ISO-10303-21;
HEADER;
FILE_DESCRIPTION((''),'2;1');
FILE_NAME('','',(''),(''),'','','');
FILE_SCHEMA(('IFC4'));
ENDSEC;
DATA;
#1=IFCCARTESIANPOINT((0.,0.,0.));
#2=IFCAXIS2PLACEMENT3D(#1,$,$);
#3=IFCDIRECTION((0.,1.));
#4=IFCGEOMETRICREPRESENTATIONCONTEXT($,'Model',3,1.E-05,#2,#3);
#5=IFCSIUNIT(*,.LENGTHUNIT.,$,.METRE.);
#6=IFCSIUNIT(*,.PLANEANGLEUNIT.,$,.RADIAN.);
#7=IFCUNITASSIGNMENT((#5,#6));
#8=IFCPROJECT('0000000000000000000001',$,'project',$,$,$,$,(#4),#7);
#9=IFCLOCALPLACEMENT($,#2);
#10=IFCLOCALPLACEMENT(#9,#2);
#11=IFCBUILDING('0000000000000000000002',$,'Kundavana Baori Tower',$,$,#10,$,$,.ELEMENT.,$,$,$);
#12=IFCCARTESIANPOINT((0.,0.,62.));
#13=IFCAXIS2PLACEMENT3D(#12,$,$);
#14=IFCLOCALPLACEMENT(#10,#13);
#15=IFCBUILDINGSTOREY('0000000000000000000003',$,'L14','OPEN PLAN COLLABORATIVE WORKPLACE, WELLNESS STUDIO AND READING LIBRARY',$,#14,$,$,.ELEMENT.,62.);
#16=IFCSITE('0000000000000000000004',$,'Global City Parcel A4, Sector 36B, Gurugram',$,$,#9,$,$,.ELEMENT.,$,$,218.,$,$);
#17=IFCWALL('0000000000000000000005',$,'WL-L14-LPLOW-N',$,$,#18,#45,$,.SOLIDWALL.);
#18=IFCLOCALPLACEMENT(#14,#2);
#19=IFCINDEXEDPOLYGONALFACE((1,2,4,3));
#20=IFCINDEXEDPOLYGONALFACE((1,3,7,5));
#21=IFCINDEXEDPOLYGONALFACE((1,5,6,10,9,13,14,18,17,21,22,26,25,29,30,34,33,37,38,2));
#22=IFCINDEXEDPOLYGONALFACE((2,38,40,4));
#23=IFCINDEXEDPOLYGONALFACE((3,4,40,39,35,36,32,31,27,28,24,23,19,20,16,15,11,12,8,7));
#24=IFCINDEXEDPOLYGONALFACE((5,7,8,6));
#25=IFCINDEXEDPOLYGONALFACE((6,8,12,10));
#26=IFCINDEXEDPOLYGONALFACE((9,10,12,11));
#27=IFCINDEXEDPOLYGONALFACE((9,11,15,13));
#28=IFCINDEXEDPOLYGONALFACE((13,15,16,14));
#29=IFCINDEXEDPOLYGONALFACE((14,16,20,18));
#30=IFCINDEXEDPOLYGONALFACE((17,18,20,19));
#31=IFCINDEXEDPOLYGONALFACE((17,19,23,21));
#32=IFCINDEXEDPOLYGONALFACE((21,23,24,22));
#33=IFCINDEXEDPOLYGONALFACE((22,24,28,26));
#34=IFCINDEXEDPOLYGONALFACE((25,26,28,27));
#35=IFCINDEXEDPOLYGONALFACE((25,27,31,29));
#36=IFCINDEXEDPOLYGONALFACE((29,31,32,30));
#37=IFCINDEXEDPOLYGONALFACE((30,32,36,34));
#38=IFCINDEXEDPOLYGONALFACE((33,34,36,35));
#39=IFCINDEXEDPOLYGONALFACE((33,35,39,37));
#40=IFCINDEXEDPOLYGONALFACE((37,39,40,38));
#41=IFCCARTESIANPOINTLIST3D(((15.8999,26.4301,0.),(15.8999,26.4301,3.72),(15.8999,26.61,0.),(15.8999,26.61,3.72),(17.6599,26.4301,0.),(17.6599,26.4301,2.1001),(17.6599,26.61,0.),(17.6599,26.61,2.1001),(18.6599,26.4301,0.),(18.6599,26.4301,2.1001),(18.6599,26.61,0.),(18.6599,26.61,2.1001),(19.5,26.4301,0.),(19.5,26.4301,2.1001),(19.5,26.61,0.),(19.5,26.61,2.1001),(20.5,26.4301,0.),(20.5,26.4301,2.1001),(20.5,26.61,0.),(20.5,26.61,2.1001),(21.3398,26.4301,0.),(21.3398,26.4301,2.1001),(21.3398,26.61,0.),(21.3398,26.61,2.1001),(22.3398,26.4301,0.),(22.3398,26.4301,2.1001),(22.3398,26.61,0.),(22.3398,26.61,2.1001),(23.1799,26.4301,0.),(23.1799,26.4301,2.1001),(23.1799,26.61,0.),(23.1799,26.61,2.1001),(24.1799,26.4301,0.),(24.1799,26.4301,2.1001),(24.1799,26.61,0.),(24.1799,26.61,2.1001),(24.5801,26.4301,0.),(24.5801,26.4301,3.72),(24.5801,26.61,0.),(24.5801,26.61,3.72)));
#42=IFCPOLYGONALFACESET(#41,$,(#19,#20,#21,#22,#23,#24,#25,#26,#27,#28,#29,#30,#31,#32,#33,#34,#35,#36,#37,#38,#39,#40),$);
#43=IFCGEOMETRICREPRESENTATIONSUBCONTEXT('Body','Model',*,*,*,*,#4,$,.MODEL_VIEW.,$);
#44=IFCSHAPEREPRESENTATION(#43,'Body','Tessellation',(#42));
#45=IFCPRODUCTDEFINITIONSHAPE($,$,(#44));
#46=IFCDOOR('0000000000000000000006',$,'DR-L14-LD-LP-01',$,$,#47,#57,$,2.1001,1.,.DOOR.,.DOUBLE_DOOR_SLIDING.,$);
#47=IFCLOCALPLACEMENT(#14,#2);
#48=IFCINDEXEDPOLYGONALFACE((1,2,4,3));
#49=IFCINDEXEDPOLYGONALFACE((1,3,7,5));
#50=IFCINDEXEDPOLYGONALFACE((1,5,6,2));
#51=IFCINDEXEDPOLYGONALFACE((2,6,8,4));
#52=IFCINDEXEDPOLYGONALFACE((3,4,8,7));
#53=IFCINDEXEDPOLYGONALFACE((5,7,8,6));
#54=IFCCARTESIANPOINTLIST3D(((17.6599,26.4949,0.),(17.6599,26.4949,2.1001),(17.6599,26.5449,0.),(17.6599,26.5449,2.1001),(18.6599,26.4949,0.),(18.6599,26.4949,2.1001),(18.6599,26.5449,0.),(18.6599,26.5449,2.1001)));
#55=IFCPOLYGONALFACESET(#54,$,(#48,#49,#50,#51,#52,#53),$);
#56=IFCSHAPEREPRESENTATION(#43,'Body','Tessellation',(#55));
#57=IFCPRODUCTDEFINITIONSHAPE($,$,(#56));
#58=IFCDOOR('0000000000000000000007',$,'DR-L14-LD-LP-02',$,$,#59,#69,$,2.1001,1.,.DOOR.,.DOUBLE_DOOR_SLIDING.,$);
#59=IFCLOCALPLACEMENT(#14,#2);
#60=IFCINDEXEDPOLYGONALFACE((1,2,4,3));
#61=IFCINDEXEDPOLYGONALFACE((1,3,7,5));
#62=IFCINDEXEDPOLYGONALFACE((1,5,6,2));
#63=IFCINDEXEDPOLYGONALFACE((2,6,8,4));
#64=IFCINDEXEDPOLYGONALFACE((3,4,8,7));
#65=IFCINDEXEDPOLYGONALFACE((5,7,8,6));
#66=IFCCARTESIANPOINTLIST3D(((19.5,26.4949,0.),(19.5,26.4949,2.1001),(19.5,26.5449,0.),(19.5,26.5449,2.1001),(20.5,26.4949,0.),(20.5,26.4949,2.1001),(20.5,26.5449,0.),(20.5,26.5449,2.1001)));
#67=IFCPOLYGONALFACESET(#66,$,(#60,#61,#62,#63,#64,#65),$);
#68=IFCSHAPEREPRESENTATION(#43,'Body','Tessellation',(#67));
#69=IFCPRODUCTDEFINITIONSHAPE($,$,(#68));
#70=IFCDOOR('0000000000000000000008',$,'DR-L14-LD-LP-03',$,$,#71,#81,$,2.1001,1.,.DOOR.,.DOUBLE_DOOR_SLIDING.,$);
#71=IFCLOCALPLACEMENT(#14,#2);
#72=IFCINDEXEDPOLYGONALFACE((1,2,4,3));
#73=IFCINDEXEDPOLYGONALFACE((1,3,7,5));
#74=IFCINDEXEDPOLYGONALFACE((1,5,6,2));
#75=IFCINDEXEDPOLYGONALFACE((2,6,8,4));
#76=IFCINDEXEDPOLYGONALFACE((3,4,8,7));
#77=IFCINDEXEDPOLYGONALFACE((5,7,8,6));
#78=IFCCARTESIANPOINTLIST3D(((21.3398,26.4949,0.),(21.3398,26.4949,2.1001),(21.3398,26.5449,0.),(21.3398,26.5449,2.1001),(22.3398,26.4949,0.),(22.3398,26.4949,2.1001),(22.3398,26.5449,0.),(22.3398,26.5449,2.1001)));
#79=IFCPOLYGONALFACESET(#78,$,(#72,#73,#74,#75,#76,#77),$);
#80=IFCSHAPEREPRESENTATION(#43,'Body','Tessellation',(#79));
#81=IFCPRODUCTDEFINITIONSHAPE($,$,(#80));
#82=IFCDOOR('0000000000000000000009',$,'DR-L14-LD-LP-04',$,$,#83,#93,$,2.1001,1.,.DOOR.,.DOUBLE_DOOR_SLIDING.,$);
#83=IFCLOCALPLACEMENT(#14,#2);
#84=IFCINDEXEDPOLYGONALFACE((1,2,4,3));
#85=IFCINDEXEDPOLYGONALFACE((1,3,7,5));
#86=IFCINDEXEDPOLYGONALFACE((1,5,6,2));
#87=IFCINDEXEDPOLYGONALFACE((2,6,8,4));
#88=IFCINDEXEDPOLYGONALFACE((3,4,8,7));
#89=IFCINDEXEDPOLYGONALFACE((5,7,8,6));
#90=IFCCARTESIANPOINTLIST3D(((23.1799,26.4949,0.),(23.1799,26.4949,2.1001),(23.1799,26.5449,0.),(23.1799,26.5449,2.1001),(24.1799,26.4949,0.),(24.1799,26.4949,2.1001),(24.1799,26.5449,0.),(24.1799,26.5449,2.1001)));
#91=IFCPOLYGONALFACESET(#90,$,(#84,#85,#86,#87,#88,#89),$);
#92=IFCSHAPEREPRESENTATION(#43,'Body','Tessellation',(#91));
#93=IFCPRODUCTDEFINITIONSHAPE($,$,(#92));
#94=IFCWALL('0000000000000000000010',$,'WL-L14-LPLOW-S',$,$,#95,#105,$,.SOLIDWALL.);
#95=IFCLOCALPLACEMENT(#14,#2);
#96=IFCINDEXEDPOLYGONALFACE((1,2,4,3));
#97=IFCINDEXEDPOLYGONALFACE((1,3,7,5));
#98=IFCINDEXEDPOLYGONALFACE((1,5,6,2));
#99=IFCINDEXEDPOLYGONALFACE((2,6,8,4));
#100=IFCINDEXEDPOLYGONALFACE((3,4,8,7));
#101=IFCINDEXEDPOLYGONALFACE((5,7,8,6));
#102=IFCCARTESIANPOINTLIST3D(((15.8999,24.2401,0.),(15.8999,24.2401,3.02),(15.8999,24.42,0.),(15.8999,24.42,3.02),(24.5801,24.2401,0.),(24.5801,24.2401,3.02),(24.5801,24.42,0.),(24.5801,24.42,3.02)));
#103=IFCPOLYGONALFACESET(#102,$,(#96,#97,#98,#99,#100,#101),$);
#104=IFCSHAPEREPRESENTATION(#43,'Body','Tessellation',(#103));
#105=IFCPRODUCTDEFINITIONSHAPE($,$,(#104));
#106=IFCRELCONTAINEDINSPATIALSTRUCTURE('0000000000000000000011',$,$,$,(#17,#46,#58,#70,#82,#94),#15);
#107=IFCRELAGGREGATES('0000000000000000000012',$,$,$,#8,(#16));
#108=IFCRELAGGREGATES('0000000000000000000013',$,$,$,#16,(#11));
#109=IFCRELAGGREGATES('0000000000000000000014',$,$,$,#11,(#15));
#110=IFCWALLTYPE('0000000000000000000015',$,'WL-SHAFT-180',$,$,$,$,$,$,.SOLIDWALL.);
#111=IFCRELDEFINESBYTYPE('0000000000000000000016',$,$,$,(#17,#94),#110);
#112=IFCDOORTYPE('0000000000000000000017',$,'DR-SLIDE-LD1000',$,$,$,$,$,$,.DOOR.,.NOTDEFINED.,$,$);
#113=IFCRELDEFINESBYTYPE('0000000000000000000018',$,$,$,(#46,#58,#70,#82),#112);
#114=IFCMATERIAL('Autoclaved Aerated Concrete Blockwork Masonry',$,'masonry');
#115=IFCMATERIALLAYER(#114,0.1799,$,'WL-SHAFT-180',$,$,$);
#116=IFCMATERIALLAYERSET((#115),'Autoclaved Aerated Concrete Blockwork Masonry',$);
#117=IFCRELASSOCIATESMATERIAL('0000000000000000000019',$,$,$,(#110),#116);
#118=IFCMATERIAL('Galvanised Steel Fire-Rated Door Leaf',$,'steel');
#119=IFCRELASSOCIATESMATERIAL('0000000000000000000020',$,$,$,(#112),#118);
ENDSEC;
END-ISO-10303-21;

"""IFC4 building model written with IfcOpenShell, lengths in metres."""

from ifc_helpers import new_model, si_unit, direction, frame, frame_2d, origin, place, context, subcontext, project, spatial, rectangle, extrude, material, layer, layer_set, type_object, element, fill, save


model = new_model("IFC4")

# Units and contexts
model_context = context("Model", 3, precision=1e-05, world=origin(), true_north=direction((0.0, 1.0)))
body_context = subcontext(model_context, "Body", "Model", "MODEL_VIEW")
ifc_project = project(units=[si_unit("LENGTHUNIT", "METRE"), si_unit("PLANEANGLEUNIT", "RADIAN")], contexts=[model_context])

# Site, building, storey
site_placement = place(None, origin())
site = spatial("IfcSite", under=ifc_project, at=site_placement, Name="Global City Parcel A4, Sector 36B, Gurugram", CompositionType="ELEMENT", RefElevation=218.0)
building_placement = place(site_placement, origin())
building = spatial("IfcBuilding", under=site, at=building_placement, Name="Kundavana Baori Tower", CompositionType="ELEMENT")
storey_placement = place(building_placement, frame((0.0, 0.0, 62.0)))
storey = spatial("IfcBuildingStorey", under=building, at=storey_placement, Name="L14", Description="OPEN PLAN COLLABORATIVE WORKPLACE, WELLNESS STUDIO AND READING LIBRARY", CompositionType="ELEMENT", Elevation=62.0)

# Wall, openings, doors
ifc_material_1 = material(Name="Autoclaved Aerated Concrete Blockwork Masonry", Category="masonry")
ifc_layer_1 = layer(ifc_material_1, 0.1799, Name="WL-SHAFT-180")
ifc_layer_set_1 = layer_set([ifc_layer_1], Name="Autoclaved Aerated Concrete Blockwork Masonry")
wall_type_1 = type_object("IfcWallType", Name="WL-SHAFT-180", PredefinedType="SOLIDWALL", material=ifc_layer_set_1)
wall_1_placement = place(storey_placement, frame((15.8999, 26.52, 0.0), z_axis=(0.0, 0.0, 1.0), x_axis=(1.0, 0.0, 0.0)))
wall_1 = element("IfcWall", 1, at=wall_1_placement, inside=storey, type_object=wall_type_1, Name="WL-L14-LPLOW-N", PredefinedType="SOLIDWALL", context=body_context, shape_type="SweptSolid", body=[
    extrude(rectangle(XDim=8.6802, YDim=0.1799, at=frame_2d((4.3401, 0.0))), origin(), (0.0, 0.0, 1.0), 3.72),
])
opening_1_placement = place(wall_1_placement, frame((1.76, 0.0, 0.0)))
opening_1 = element("IfcOpeningElement", 2, at=opening_1_placement, cuts=wall_1, PredefinedType="OPENING", context=body_context, shape_type="SweptSolid", body=[
    extrude(rectangle(XDim=1.0, YDim=2.1001, at=frame_2d((0.5, 1.05))), frame((0.0, 0.1001, 0.0), z_axis=(0.0, -1.0, 0.0), x_axis=(1.0, 0.0, 0.0)), (0.0, 0.0, 1.0), 0.2),
])
opening_2_placement = place(wall_1_placement, frame((3.6001, 0.0, 0.0)))
opening_2 = element("IfcOpeningElement", 3, at=opening_2_placement, cuts=wall_1, PredefinedType="OPENING", context=body_context, shape_type="SweptSolid", body=[
    extrude(rectangle(XDim=1.0, YDim=2.1001, at=frame_2d((0.5, 1.05))), frame((0.0, 0.1001, 0.0), z_axis=(0.0, -1.0, 0.0), x_axis=(1.0, 0.0, 0.0)), (0.0, 0.0, 1.0), 0.2),
])
opening_3_placement = place(wall_1_placement, frame((5.4399, 0.0, 0.0)))
opening_3 = element("IfcOpeningElement", 4, at=opening_3_placement, cuts=wall_1, PredefinedType="OPENING", context=body_context, shape_type="SweptSolid", body=[
    extrude(rectangle(XDim=1.0, YDim=2.1001, at=frame_2d((0.5, 1.05))), frame((0.0, 0.1001, 0.0), z_axis=(0.0, -1.0, 0.0), x_axis=(1.0, 0.0, 0.0)), (0.0, 0.0, 1.0), 0.2),
])
opening_4_placement = place(wall_1_placement, frame((7.28, 0.0, 0.0)))
opening_4 = element("IfcOpeningElement", 5, at=opening_4_placement, cuts=wall_1, PredefinedType="OPENING", context=body_context, shape_type="SweptSolid", body=[
    extrude(rectangle(XDim=1.0, YDim=2.1001, at=frame_2d((0.5, 1.05))), frame((0.0, 0.1001, 0.0), z_axis=(0.0, -1.0, 0.0), x_axis=(1.0, 0.0, 0.0)), (0.0, 0.0, 1.0), 0.2),
])
ifc_material_2 = material(Name="Galvanised Steel Fire-Rated Door Leaf", Category="steel")
door_type = type_object("IfcDoorType", Name="DR-SLIDE-LD1000", OperationType="NOTDEFINED", PredefinedType="DOOR", material=ifc_material_2)
door_1_placement = place(opening_1_placement, origin())
door_1 = element("IfcDoor", 6, at=door_1_placement, inside=storey, type_object=door_type, Name="DR-L14-LD-LP-01", OperationType="DOUBLE_DOOR_SLIDING", OverallHeight=2.1001, OverallWidth=1.0, PredefinedType="DOOR", context=body_context, shape_type="SweptSolid", body=[
    extrude(rectangle(XDim=1.0, YDim=2.1001, at=frame_2d((0.5, 1.05))), frame((0.0, 0.0249, 0.0), z_axis=(0.0, -1.0, 0.0), x_axis=(1.0, 0.0, 0.0)), (0.0, 0.0, 1.0), 0.05),
])
fill(opening_1, door_1)
door_2_placement = place(opening_2_placement, origin())
door_2 = element("IfcDoor", 7, at=door_2_placement, inside=storey, type_object=door_type, Name="DR-L14-LD-LP-02", OperationType="DOUBLE_DOOR_SLIDING", OverallHeight=2.1001, OverallWidth=1.0, PredefinedType="DOOR", context=body_context, shape_type="SweptSolid", body=[
    extrude(rectangle(XDim=1.0, YDim=2.1001, at=frame_2d((0.5, 1.05))), frame((0.0, 0.0249, 0.0), z_axis=(0.0, -1.0, 0.0), x_axis=(1.0, 0.0, 0.0)), (0.0, 0.0, 1.0), 0.05),
])
fill(opening_2, door_2)
door_3_placement = place(opening_3_placement, origin())
door_3 = element("IfcDoor", 8, at=door_3_placement, inside=storey, type_object=door_type, Name="DR-L14-LD-LP-03", OperationType="DOUBLE_DOOR_SLIDING", OverallHeight=2.1001, OverallWidth=1.0, PredefinedType="DOOR", context=body_context, shape_type="SweptSolid", body=[
    extrude(rectangle(XDim=1.0, YDim=2.1001, at=frame_2d((0.5, 1.05))), frame((0.0, 0.0249, 0.0), z_axis=(0.0, -1.0, 0.0), x_axis=(1.0, 0.0, 0.0)), (0.0, 0.0, 1.0), 0.05),
])
fill(opening_3, door_3)
door_4_placement = place(opening_4_placement, origin())
door_4 = element("IfcDoor", 9, at=door_4_placement, inside=storey, type_object=door_type, Name="DR-L14-LD-LP-04", OperationType="DOUBLE_DOOR_SLIDING", OverallHeight=2.1001, OverallWidth=1.0, PredefinedType="DOOR", context=body_context, shape_type="SweptSolid", body=[
    extrude(rectangle(XDim=1.0, YDim=2.1001, at=frame_2d((0.5, 1.05))), frame((0.0, 0.0249, 0.0), z_axis=(0.0, -1.0, 0.0), x_axis=(1.0, 0.0, 0.0)), (0.0, 0.0, 1.0), 0.05),
])
fill(opening_4, door_4)

# Wall
wall_2_placement = place(storey_placement, frame((15.8999, 24.3301, 0.0), z_axis=(0.0, 0.0, 1.0), x_axis=(1.0, 0.0, 0.0)))
element("IfcWall", 10, at=wall_2_placement, inside=storey, type_object=wall_type_1, Name="WL-L14-LPLOW-S", PredefinedType="SOLIDWALL", context=body_context, shape_type="SweptSolid", body=[
    extrude(rectangle(XDim=8.6802, YDim=0.1799, at=frame_2d((4.3401, 0.0))), origin(), (0.0, 0.0, 1.0), 3.02),
])

save(model, "model.ifc")
